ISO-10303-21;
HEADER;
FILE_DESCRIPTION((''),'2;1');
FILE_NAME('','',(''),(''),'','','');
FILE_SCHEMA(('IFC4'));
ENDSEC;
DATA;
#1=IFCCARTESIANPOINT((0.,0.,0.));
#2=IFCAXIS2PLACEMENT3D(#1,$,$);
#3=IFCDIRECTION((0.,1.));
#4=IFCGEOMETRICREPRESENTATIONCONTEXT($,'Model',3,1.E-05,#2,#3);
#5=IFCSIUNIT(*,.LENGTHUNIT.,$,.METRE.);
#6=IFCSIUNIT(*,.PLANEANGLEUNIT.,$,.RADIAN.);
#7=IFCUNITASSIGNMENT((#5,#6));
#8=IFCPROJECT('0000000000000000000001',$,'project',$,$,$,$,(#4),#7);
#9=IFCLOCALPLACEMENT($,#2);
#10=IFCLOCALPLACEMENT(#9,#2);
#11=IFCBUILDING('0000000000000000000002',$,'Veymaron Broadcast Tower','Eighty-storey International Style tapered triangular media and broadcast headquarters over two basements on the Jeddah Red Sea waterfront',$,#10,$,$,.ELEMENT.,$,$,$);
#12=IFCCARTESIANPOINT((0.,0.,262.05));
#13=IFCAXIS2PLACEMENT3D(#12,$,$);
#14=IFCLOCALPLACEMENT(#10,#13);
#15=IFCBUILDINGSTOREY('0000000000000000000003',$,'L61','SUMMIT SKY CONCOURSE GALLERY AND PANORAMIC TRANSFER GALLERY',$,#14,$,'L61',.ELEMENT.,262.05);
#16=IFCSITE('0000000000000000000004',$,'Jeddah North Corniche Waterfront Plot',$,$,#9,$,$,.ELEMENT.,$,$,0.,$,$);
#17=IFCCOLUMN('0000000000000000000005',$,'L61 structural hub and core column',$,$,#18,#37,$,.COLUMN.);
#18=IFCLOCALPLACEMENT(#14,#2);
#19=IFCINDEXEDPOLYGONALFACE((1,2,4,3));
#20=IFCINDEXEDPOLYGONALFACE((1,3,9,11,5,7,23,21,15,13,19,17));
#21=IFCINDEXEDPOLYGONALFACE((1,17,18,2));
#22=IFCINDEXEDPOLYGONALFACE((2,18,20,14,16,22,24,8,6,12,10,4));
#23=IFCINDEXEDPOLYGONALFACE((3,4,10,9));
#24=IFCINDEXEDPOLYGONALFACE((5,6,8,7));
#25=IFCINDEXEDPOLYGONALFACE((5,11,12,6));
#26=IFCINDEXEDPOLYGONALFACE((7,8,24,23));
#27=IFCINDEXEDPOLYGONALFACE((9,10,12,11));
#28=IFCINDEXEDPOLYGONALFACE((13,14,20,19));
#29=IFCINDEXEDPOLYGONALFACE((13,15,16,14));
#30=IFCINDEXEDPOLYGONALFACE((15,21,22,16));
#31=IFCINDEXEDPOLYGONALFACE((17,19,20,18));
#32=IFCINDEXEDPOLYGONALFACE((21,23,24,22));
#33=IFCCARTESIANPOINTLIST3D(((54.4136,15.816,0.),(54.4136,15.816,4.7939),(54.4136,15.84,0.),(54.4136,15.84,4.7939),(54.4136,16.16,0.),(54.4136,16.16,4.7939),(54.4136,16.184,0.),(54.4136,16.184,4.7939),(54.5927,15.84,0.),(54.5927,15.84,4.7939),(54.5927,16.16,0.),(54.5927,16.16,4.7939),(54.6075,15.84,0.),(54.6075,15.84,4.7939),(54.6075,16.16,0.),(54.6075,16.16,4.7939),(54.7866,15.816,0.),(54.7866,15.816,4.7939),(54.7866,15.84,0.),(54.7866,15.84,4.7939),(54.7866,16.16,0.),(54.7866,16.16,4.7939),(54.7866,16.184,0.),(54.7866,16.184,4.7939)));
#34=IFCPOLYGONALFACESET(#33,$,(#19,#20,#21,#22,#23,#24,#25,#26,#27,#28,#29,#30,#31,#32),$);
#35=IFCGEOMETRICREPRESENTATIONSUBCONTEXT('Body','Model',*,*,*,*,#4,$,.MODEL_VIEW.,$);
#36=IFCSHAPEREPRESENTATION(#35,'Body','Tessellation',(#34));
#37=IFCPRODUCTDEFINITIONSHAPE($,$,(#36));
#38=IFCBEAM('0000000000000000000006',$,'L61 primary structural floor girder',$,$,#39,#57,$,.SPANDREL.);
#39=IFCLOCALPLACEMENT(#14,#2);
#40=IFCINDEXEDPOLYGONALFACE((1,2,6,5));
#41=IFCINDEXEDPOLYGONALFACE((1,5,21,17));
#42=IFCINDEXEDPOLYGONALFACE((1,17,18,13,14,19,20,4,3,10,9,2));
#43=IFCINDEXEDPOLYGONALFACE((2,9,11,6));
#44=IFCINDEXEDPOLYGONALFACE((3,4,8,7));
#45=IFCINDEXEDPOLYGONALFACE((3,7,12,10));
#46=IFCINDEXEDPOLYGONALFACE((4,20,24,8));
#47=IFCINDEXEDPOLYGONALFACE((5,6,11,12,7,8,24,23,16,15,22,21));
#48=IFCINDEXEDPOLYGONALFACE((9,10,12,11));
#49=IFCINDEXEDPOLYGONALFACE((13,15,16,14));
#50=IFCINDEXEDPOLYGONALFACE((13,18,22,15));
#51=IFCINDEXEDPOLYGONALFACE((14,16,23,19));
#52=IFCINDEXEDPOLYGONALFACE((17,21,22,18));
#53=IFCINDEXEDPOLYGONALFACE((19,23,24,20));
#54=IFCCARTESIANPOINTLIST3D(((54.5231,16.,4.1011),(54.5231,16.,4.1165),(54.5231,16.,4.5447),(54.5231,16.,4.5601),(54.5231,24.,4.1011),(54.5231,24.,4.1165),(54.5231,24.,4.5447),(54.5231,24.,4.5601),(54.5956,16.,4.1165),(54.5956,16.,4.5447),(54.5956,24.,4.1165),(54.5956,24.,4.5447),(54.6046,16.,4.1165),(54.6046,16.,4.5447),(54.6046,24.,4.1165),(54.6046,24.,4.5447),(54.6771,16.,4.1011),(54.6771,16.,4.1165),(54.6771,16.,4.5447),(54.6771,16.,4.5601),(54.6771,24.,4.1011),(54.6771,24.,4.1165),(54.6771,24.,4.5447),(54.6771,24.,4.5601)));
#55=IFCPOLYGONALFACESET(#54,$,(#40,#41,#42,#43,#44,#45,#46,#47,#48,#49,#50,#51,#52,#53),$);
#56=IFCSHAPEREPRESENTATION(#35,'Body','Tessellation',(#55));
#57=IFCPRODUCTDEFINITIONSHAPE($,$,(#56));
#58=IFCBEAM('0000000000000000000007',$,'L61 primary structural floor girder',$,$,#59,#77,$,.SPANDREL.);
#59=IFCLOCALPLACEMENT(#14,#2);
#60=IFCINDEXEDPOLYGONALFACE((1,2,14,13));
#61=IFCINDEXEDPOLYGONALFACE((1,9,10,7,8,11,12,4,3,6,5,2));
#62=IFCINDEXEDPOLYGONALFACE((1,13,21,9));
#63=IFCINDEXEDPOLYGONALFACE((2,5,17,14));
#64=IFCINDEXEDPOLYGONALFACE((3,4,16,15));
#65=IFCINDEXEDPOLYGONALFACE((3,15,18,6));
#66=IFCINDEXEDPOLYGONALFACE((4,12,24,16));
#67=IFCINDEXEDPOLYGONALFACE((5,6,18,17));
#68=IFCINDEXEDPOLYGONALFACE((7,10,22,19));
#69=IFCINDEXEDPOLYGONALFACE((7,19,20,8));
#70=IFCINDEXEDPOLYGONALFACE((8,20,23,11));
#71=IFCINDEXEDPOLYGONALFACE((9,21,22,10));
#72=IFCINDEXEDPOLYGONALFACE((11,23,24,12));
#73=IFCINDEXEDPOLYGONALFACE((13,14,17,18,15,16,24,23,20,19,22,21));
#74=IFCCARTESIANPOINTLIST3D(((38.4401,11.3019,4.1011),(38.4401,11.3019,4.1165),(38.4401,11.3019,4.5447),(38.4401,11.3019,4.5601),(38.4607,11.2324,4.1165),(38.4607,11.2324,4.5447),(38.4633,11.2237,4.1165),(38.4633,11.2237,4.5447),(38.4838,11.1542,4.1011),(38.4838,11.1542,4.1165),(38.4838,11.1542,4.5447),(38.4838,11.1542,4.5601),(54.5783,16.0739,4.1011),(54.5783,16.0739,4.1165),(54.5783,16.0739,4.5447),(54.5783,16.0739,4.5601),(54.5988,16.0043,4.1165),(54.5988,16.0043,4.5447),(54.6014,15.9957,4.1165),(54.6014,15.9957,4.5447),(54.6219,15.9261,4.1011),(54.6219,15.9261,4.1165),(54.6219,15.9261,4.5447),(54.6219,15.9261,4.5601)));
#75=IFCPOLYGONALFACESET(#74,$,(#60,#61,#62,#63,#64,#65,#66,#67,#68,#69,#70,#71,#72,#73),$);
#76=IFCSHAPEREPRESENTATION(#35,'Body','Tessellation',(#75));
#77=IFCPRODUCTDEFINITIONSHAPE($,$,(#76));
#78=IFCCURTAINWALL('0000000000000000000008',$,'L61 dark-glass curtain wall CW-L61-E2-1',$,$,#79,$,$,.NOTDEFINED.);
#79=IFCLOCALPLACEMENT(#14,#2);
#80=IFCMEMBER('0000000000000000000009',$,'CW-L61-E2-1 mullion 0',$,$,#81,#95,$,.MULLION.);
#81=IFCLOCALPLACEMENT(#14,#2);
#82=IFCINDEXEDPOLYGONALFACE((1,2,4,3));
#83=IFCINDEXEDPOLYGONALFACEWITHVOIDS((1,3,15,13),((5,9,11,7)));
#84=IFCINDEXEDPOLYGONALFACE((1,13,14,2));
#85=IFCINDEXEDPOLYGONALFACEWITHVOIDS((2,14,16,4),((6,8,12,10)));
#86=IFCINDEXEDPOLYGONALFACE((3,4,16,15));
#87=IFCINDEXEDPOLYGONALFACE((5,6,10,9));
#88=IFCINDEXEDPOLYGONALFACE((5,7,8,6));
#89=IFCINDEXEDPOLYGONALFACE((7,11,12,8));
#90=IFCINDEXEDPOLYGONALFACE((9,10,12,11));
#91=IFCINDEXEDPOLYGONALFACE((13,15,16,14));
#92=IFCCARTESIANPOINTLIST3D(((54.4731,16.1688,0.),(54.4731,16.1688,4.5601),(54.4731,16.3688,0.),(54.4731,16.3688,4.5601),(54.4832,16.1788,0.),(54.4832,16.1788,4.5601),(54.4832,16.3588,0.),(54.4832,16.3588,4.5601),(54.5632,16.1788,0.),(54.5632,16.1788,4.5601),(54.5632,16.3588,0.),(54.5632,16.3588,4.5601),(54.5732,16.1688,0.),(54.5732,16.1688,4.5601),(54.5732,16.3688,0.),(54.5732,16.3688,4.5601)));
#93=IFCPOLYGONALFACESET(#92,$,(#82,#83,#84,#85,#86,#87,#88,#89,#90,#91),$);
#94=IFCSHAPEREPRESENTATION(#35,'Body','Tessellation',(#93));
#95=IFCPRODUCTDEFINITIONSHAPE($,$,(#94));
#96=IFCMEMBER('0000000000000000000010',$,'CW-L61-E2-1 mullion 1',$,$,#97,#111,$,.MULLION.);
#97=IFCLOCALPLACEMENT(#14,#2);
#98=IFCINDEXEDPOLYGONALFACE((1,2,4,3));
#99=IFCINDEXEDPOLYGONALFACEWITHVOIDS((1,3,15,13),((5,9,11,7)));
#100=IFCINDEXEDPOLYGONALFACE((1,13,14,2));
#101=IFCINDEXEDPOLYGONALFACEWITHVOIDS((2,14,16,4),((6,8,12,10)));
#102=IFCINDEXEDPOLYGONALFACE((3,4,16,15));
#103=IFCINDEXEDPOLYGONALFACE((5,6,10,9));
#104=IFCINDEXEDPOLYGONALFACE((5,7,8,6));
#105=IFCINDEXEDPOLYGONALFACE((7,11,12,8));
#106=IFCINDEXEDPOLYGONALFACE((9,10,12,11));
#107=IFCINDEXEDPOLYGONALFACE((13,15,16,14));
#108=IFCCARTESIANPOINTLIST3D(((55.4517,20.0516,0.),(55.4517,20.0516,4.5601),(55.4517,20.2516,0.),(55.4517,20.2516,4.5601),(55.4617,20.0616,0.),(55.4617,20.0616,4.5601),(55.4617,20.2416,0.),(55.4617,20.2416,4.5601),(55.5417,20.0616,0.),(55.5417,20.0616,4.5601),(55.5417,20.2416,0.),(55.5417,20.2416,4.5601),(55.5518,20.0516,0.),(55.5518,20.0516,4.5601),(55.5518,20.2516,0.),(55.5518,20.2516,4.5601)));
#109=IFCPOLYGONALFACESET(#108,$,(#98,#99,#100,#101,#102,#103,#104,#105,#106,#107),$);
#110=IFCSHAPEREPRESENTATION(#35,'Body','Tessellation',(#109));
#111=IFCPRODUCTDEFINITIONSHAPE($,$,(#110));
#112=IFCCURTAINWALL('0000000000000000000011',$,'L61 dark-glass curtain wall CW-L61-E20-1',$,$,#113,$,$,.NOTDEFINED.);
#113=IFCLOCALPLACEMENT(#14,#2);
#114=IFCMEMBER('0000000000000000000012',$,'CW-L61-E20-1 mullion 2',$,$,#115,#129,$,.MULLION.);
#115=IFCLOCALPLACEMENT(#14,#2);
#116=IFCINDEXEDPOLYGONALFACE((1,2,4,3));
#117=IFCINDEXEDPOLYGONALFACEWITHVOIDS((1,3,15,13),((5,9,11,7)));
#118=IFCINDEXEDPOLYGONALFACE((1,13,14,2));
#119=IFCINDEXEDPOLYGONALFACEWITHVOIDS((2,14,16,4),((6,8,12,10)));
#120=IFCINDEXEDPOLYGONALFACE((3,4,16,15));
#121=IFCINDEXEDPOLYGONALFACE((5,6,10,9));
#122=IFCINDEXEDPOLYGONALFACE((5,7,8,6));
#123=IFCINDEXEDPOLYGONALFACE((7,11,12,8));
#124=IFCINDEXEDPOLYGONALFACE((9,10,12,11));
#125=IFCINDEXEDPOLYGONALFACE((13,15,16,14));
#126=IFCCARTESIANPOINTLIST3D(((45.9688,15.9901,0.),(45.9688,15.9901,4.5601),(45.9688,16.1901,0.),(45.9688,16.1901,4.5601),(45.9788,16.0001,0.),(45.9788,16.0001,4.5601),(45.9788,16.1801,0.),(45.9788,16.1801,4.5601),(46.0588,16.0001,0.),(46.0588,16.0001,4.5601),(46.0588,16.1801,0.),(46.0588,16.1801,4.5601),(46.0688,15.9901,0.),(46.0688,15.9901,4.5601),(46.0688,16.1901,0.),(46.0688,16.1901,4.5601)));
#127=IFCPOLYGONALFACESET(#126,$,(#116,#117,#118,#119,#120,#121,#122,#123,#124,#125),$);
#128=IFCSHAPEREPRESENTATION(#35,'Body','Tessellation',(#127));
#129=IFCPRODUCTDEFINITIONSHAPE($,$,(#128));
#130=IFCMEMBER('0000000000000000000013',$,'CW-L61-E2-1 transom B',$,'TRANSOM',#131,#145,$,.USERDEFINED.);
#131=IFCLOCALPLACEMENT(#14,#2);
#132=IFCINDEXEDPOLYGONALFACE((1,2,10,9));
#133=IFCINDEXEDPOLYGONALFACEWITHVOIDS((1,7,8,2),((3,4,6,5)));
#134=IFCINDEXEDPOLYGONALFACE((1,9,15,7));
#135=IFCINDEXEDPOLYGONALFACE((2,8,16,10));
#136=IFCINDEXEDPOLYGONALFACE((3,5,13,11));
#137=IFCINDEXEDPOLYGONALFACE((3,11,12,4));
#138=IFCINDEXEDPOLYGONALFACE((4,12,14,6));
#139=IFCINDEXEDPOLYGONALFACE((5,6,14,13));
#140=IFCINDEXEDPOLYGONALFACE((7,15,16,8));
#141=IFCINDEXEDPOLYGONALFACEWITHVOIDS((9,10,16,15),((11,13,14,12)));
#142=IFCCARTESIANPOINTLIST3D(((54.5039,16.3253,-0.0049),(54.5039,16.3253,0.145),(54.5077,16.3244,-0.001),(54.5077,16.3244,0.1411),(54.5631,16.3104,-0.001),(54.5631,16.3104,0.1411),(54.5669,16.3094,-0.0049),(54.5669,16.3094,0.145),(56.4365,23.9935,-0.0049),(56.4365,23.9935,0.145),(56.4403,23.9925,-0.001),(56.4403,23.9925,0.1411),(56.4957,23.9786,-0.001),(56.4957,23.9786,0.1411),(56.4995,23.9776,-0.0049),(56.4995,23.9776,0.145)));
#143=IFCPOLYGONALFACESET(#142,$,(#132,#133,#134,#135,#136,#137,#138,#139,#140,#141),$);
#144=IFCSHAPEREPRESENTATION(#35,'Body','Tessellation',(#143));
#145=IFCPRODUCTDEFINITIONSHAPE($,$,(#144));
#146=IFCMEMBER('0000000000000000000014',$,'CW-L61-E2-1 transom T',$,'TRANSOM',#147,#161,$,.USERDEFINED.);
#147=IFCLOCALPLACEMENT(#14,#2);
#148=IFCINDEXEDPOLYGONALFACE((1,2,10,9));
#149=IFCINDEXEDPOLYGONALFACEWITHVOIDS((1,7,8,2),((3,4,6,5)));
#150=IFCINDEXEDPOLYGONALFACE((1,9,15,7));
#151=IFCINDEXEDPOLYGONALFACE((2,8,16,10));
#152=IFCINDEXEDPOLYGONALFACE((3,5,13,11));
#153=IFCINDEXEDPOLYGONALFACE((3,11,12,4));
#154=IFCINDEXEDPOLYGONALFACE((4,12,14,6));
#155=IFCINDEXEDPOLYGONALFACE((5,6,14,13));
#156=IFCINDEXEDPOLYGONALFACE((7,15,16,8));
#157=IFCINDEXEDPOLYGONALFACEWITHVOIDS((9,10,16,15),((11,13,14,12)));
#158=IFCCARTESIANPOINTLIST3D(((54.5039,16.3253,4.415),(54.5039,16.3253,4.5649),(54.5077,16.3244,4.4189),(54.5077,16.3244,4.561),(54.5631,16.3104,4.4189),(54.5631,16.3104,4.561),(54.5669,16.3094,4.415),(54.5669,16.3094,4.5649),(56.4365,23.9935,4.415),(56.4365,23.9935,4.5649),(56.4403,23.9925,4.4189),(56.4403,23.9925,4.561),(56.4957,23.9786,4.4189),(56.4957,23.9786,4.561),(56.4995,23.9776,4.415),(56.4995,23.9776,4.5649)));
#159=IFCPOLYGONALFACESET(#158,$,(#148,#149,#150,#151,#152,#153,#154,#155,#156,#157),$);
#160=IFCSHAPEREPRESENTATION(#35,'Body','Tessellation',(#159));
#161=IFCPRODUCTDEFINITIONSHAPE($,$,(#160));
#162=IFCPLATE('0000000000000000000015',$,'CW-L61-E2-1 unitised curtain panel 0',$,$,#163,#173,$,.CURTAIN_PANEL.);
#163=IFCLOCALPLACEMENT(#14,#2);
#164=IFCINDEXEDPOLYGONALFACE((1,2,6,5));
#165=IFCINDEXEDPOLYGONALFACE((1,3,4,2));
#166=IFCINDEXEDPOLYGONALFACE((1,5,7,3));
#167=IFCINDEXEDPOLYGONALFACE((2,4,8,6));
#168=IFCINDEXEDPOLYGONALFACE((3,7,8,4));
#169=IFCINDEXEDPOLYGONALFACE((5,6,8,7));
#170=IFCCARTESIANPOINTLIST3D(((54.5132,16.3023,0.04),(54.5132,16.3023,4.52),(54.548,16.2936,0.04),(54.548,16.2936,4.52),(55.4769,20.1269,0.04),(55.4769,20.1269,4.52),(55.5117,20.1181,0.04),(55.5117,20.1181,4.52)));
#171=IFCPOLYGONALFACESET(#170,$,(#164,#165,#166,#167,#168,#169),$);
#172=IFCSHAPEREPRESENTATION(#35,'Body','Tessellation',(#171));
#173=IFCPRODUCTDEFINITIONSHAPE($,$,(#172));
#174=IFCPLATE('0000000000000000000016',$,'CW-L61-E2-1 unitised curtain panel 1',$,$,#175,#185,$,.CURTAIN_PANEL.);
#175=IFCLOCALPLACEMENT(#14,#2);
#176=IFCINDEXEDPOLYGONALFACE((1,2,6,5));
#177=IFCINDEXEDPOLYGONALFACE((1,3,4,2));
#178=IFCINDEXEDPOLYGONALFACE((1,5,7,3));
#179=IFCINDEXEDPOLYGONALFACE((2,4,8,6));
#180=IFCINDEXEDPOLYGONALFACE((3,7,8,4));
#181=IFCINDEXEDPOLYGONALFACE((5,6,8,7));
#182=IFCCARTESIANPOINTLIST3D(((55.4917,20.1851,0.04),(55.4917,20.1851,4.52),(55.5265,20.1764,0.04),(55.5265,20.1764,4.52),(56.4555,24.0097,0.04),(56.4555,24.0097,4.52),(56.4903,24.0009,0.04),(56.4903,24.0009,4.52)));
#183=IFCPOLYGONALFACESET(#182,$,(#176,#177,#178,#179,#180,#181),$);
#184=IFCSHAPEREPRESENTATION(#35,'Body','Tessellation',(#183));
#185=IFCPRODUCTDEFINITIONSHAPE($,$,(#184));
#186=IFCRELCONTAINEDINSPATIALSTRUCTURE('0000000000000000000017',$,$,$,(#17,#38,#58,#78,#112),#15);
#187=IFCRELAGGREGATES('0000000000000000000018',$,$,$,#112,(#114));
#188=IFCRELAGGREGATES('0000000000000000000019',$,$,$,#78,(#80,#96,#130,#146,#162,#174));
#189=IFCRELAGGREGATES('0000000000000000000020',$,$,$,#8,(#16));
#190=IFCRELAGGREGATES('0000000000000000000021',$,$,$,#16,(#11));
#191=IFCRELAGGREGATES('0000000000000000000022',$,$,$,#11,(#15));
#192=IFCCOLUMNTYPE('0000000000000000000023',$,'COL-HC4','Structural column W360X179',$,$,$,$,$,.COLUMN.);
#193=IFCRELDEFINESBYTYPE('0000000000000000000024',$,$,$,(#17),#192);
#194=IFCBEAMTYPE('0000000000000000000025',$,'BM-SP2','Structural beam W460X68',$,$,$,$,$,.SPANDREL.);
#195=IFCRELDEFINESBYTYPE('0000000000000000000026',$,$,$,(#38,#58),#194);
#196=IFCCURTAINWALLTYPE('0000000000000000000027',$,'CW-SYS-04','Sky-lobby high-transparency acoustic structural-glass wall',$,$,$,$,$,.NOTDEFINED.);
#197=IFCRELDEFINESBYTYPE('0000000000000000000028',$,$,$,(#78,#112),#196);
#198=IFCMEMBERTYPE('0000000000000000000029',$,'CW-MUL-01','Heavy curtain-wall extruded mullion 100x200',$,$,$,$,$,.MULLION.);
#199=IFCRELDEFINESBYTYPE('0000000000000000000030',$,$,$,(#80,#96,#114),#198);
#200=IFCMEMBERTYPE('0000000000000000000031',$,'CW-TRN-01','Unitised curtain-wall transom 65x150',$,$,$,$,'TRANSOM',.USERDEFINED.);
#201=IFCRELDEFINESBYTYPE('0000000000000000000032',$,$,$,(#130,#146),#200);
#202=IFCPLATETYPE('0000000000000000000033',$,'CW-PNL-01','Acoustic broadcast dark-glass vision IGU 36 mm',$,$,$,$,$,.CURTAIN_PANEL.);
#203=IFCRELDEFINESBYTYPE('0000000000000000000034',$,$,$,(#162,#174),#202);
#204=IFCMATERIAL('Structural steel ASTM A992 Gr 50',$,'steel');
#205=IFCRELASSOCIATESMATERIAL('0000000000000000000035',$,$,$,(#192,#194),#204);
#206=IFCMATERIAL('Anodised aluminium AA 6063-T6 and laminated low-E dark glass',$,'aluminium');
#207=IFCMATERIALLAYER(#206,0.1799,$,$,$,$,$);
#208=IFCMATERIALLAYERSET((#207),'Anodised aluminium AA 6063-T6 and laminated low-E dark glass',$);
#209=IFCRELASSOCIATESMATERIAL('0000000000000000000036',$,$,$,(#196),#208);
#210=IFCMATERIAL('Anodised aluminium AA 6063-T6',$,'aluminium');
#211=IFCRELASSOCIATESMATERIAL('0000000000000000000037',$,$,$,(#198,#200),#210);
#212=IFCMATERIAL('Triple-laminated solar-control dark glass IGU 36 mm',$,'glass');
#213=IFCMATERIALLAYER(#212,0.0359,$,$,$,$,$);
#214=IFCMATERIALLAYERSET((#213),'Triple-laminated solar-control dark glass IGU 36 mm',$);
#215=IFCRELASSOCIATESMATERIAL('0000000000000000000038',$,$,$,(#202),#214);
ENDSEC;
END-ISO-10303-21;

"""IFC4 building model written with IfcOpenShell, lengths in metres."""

from ifc_helpers import new_model, si_unit, direction, frame, origin, origin_2d, place, context, subcontext, project, spatial, rectangle, hollow_rectangle, i_section, extrude, material, layer, layer_set, material_profile, profile_set, type_object, element, aggregate, save


model = new_model("IFC4")

# Units and contexts
model_context = context("Model", 3, precision=1e-05, world=origin(), true_north=direction((0.0, 1.0)))
body_context = subcontext(model_context, "Body", "Model", "MODEL_VIEW")
ifc_project = project(units=[si_unit("LENGTHUNIT", "METRE"), si_unit("PLANEANGLEUNIT", "RADIAN")], contexts=[model_context])

# Site, building, storey
site_placement = place(None, origin())
site = spatial("IfcSite", under=ifc_project, at=site_placement, Name="Jeddah North Corniche Waterfront Plot", CompositionType="ELEMENT", RefElevation=0.0)
building_placement = place(site_placement, origin())
building = spatial("IfcBuilding", under=site, at=building_placement, Name="Veymaron Broadcast Tower", Description="Eighty-storey International Style tapered triangular media and broadcast headquarters over two basements on the Jeddah Red Sea waterfront", CompositionType="ELEMENT")
storey_placement = place(building_placement, frame((0.0, 0.0, 262.05)))
storey = spatial("IfcBuildingStorey", under=building, at=storey_placement, Name="L61", Description="SUMMIT SKY CONCOURSE GALLERY AND PANORAMIC TRANSFER GALLERY", LongName="L61", CompositionType="ELEMENT", Elevation=262.05)

# Column
ifc_material_1 = material(Name="Structural steel ASTM A992 Gr 50", Category="steel")
ifc_material_profile_1 = material_profile(ifc_material_1, i_section(OverallWidth=0.373, OverallDepth=0.3679, WebThickness=0.0149, FlangeThickness=0.0239, at=origin_2d()), Name="W360X179")
ifc_profile_set_1 = profile_set([ifc_material_profile_1], Name="Structural steel ASTM A992 Gr 50")
column_type = type_object("IfcColumnType", Name="COL-HC4", Description="Structural column W360X179", PredefinedType="COLUMN", material=ifc_profile_set_1)
column_placement = place(storey_placement, frame((54.6001, 16.0, 0.0), z_axis=(0.0, 0.0, 1.0), x_axis=(1.0, 0.0, 0.0)))
element("IfcColumn", 1, at=column_placement, inside=storey, type_object=column_type, Name="L61 structural hub and core column", PredefinedType="COLUMN", context=body_context, shape_type="SweptSolid", body=[
    extrude(i_section(OverallWidth=0.373, OverallDepth=0.3679, WebThickness=0.0149, FlangeThickness=0.0239, at=origin_2d()), origin(), (0.0, 0.0, 1.0), 4.7939),
])

# Beams
ifc_material_profile_2 = material_profile(ifc_material_1, i_section(OverallWidth=0.1541, OverallDepth=0.459, WebThickness=0.009, FlangeThickness=0.0154, at=origin_2d()), Name="W460X68")
ifc_profile_set_2 = profile_set([ifc_material_profile_2], Name="Structural steel ASTM A992 Gr 50")
beam_type = type_object("IfcBeamType", Name="BM-SP2", Description="Structural beam W460X68", PredefinedType="SPANDREL", material=ifc_profile_set_2)
beam_1_placement = place(storey_placement, frame((54.6001, 16.0, 4.3306), z_axis=(0.0, 1.0, 0.0), x_axis=(-1.0, 0.0, 0.0)))
element("IfcBeam", 2, at=beam_1_placement, inside=storey, type_object=beam_type, Name="L61 primary structural floor girder", PredefinedType="SPANDREL", context=body_context, shape_type="SweptSolid", body=[
    extrude(i_section(OverallWidth=0.1541, OverallDepth=0.459, WebThickness=0.009, FlangeThickness=0.0154, at=origin_2d()), origin(), (0.0, 0.0, 1.0), 8.0),
])
beam_2_placement = place(storey_placement, frame((54.6001, 16.0, 4.3306), z_axis=(-0.958955, -0.283558, 0.0), x_axis=(0.283558, -0.958955, 0.0)))
element("IfcBeam", 3, at=beam_2_placement, inside=storey, type_object=beam_type, Name="L61 primary structural floor girder", PredefinedType="SPANDREL", context=body_context, shape_type="SweptSolid", body=[
    extrude(i_section(OverallWidth=0.1541, OverallDepth=0.459, WebThickness=0.009, FlangeThickness=0.0154, at=origin_2d()), origin(), (0.0, 0.0, 1.0), 16.8289),
])

# Curtain wall, members
ifc_material_2 = material(Name="Anodised aluminium AA 6063-T6 and laminated low-E dark glass", Category="aluminium")
ifc_layer_1 = layer(ifc_material_2, 0.1799)
ifc_layer_set_1 = layer_set([ifc_layer_1], Name="Anodised aluminium AA 6063-T6 and laminated low-E dark glass")
curtain_wall_type = type_object("IfcCurtainWallType", Name="CW-SYS-04", Description="Sky-lobby high-transparency acoustic structural-glass wall", PredefinedType="NOTDEFINED", material=ifc_layer_set_1)
curtain_wall_1_placement = place(storey_placement, origin())
curtain_wall_1 = element("IfcCurtainWall", 4, at=curtain_wall_1_placement, inside=storey, type_object=curtain_wall_type, Name="L61 dark-glass curtain wall CW-L61-E2-1", PredefinedType="NOTDEFINED")
ifc_material_3 = material(Name="Anodised aluminium AA 6063-T6", Category="aluminium")
ifc_material_profile_3 = material_profile(ifc_material_3, hollow_rectangle(XDim=0.1001, YDim=0.2, WallThickness=0.01, at=origin_2d()), Name="RHS200X100X10")
ifc_profile_set_3 = profile_set([ifc_material_profile_3], Name="Anodised aluminium AA 6063-T6")
member_type_1 = type_object("IfcMemberType", Name="CW-MUL-01", Description="Heavy curtain-wall extruded mullion 100x200", PredefinedType="MULLION", material=ifc_profile_set_3)
member_1_placement = place(storey_placement, frame((54.5232, 16.2688, 0.0), z_axis=(0.0, 0.0, 1.0), x_axis=(1.0, 0.0, 0.0)))
member_1 = element("IfcMember", 5, at=member_1_placement, type_object=member_type_1, Name="CW-L61-E2-1 mullion 0", PredefinedType="MULLION", context=body_context, shape_type="SweptSolid", body=[
    extrude(hollow_rectangle(XDim=0.1001, YDim=0.2, WallThickness=0.01, at=origin_2d()), origin(), (0.0, 0.0, 1.0), 4.5601),
])
member_2_placement = place(storey_placement, frame((55.5017, 20.1516, 0.0), z_axis=(0.0, 0.0, 1.0), x_axis=(1.0, 0.0, 0.0)))
member_2 = element("IfcMember", 6, at=member_2_placement, type_object=member_type_1, Name="CW-L61-E2-1 mullion 1", PredefinedType="MULLION", context=body_context, shape_type="SweptSolid", body=[
    extrude(hollow_rectangle(XDim=0.1001, YDim=0.2, WallThickness=0.01, at=origin_2d()), origin(), (0.0, 0.0, 1.0), 4.5601),
])

# Curtain wall, member
curtain_wall_2_placement = place(storey_placement, origin())
curtain_wall_2 = element("IfcCurtainWall", 7, at=curtain_wall_2_placement, inside=storey, type_object=curtain_wall_type, Name="L61 dark-glass curtain wall CW-L61-E20-1", PredefinedType="NOTDEFINED")
member_3_placement = place(storey_placement, frame((46.0188, 16.0901, 0.0), z_axis=(0.0, 0.0, 1.0), x_axis=(1.0, 0.0, 0.0)))
member_3 = element("IfcMember", 8, at=member_3_placement, type_object=member_type_1, Name="CW-L61-E20-1 mullion 2", PredefinedType="MULLION", context=body_context, shape_type="SweptSolid", body=[
    extrude(hollow_rectangle(XDim=0.1001, YDim=0.2, WallThickness=0.01, at=origin_2d()), origin(), (0.0, 0.0, 1.0), 4.5601),
])
aggregate(curtain_wall_2, [member_3])

# Members
ifc_material_profile_4 = material_profile(ifc_material_3, hollow_rectangle(XDim=0.0649, YDim=0.1499, WallThickness=0.0039, at=origin_2d()), Name="AL150X65X4")
ifc_profile_set_4 = profile_set([ifc_material_profile_4], Name="Anodised aluminium AA 6063-T6")
member_type_2 = type_object("IfcMemberType", Name="CW-TRN-01", Description="Unitised curtain-wall transom 65x150", ElementType="TRANSOM", PredefinedType="USERDEFINED", material=ifc_profile_set_4)
member_4_placement = place(storey_placement, frame((54.5354, 16.3174, 0.0701), z_axis=(0.244388, 0.969678, 0.0), x_axis=(-0.969678, 0.244388, 0.0)))
member_4 = element("IfcMember", 9, at=member_4_placement, type_object=member_type_2, Name="CW-L61-E2-1 transom B", ObjectType="TRANSOM", PredefinedType="USERDEFINED", context=body_context, shape_type="SweptSolid", body=[
    extrude(hollow_rectangle(XDim=0.0649, YDim=0.1499, WallThickness=0.0039, at=origin_2d()), origin(), (0.0, 0.0, 1.0), 7.908),
])
member_5_placement = place(storey_placement, frame((54.5354, 16.3174, 4.49), z_axis=(0.244388, 0.969678, 0.0), x_axis=(-0.969678, 0.244388, 0.0)))
member_5 = element("IfcMember", 10, at=member_5_placement, type_object=member_type_2, Name="CW-L61-E2-1 transom T", ObjectType="TRANSOM", PredefinedType="USERDEFINED", context=body_context, shape_type="SweptSolid", body=[
    extrude(hollow_rectangle(XDim=0.0649, YDim=0.1499, WallThickness=0.0039, at=origin_2d()), origin(), (0.0, 0.0, 1.0), 7.908),
])

# Plates
ifc_material_4 = material(Name="Triple-laminated solar-control dark glass IGU 36 mm", Category="glass")
ifc_layer_2 = layer(ifc_material_4, 0.0359)
ifc_layer_set_2 = layer_set([ifc_layer_2], Name="Triple-laminated solar-control dark glass IGU 36 mm")
plate_type = type_object("IfcPlateType", Name="CW-PNL-01", Description="Acoustic broadcast dark-glass vision IGU 36 mm", PredefinedType="CURTAIN_PANEL", material=ifc_layer_set_2)
plate_1_placement = place(storey_placement, frame((55.0125, 18.2102, 0.04), z_axis=(0.0, 0.0, 1.0), x_axis=(0.24436, 0.969685, 0.0)))
plate_1 = element("IfcPlate", 11, at=plate_1_placement, type_object=plate_type, Name="CW-L61-E2-1 unitised curtain panel 0", PredefinedType="CURTAIN_PANEL", context=body_context, shape_type="SweptSolid", body=[
    extrude(rectangle(XDim=3.9441, YDim=0.0359, at=origin_2d()), origin(), (0.0, 0.0, 1.0), 4.48),
])
plate_2_placement = place(storey_placement, frame((55.991, 22.093, 0.04), z_axis=(0.0, 0.0, 1.0), x_axis=(0.24436, 0.969685, 0.0)))
plate_2 = element("IfcPlate", 12, at=plate_2_placement, type_object=plate_type, Name="CW-L61-E2-1 unitised curtain panel 1", PredefinedType="CURTAIN_PANEL", context=body_context, shape_type="SweptSolid", body=[
    extrude(rectangle(XDim=3.9441, YDim=0.0359, at=origin_2d()), origin(), (0.0, 0.0, 1.0), 4.48),
])
aggregate(curtain_wall_1, [member_1, member_2, member_4, member_5, plate_1, plate_2])

save(model, "model.ifc")
